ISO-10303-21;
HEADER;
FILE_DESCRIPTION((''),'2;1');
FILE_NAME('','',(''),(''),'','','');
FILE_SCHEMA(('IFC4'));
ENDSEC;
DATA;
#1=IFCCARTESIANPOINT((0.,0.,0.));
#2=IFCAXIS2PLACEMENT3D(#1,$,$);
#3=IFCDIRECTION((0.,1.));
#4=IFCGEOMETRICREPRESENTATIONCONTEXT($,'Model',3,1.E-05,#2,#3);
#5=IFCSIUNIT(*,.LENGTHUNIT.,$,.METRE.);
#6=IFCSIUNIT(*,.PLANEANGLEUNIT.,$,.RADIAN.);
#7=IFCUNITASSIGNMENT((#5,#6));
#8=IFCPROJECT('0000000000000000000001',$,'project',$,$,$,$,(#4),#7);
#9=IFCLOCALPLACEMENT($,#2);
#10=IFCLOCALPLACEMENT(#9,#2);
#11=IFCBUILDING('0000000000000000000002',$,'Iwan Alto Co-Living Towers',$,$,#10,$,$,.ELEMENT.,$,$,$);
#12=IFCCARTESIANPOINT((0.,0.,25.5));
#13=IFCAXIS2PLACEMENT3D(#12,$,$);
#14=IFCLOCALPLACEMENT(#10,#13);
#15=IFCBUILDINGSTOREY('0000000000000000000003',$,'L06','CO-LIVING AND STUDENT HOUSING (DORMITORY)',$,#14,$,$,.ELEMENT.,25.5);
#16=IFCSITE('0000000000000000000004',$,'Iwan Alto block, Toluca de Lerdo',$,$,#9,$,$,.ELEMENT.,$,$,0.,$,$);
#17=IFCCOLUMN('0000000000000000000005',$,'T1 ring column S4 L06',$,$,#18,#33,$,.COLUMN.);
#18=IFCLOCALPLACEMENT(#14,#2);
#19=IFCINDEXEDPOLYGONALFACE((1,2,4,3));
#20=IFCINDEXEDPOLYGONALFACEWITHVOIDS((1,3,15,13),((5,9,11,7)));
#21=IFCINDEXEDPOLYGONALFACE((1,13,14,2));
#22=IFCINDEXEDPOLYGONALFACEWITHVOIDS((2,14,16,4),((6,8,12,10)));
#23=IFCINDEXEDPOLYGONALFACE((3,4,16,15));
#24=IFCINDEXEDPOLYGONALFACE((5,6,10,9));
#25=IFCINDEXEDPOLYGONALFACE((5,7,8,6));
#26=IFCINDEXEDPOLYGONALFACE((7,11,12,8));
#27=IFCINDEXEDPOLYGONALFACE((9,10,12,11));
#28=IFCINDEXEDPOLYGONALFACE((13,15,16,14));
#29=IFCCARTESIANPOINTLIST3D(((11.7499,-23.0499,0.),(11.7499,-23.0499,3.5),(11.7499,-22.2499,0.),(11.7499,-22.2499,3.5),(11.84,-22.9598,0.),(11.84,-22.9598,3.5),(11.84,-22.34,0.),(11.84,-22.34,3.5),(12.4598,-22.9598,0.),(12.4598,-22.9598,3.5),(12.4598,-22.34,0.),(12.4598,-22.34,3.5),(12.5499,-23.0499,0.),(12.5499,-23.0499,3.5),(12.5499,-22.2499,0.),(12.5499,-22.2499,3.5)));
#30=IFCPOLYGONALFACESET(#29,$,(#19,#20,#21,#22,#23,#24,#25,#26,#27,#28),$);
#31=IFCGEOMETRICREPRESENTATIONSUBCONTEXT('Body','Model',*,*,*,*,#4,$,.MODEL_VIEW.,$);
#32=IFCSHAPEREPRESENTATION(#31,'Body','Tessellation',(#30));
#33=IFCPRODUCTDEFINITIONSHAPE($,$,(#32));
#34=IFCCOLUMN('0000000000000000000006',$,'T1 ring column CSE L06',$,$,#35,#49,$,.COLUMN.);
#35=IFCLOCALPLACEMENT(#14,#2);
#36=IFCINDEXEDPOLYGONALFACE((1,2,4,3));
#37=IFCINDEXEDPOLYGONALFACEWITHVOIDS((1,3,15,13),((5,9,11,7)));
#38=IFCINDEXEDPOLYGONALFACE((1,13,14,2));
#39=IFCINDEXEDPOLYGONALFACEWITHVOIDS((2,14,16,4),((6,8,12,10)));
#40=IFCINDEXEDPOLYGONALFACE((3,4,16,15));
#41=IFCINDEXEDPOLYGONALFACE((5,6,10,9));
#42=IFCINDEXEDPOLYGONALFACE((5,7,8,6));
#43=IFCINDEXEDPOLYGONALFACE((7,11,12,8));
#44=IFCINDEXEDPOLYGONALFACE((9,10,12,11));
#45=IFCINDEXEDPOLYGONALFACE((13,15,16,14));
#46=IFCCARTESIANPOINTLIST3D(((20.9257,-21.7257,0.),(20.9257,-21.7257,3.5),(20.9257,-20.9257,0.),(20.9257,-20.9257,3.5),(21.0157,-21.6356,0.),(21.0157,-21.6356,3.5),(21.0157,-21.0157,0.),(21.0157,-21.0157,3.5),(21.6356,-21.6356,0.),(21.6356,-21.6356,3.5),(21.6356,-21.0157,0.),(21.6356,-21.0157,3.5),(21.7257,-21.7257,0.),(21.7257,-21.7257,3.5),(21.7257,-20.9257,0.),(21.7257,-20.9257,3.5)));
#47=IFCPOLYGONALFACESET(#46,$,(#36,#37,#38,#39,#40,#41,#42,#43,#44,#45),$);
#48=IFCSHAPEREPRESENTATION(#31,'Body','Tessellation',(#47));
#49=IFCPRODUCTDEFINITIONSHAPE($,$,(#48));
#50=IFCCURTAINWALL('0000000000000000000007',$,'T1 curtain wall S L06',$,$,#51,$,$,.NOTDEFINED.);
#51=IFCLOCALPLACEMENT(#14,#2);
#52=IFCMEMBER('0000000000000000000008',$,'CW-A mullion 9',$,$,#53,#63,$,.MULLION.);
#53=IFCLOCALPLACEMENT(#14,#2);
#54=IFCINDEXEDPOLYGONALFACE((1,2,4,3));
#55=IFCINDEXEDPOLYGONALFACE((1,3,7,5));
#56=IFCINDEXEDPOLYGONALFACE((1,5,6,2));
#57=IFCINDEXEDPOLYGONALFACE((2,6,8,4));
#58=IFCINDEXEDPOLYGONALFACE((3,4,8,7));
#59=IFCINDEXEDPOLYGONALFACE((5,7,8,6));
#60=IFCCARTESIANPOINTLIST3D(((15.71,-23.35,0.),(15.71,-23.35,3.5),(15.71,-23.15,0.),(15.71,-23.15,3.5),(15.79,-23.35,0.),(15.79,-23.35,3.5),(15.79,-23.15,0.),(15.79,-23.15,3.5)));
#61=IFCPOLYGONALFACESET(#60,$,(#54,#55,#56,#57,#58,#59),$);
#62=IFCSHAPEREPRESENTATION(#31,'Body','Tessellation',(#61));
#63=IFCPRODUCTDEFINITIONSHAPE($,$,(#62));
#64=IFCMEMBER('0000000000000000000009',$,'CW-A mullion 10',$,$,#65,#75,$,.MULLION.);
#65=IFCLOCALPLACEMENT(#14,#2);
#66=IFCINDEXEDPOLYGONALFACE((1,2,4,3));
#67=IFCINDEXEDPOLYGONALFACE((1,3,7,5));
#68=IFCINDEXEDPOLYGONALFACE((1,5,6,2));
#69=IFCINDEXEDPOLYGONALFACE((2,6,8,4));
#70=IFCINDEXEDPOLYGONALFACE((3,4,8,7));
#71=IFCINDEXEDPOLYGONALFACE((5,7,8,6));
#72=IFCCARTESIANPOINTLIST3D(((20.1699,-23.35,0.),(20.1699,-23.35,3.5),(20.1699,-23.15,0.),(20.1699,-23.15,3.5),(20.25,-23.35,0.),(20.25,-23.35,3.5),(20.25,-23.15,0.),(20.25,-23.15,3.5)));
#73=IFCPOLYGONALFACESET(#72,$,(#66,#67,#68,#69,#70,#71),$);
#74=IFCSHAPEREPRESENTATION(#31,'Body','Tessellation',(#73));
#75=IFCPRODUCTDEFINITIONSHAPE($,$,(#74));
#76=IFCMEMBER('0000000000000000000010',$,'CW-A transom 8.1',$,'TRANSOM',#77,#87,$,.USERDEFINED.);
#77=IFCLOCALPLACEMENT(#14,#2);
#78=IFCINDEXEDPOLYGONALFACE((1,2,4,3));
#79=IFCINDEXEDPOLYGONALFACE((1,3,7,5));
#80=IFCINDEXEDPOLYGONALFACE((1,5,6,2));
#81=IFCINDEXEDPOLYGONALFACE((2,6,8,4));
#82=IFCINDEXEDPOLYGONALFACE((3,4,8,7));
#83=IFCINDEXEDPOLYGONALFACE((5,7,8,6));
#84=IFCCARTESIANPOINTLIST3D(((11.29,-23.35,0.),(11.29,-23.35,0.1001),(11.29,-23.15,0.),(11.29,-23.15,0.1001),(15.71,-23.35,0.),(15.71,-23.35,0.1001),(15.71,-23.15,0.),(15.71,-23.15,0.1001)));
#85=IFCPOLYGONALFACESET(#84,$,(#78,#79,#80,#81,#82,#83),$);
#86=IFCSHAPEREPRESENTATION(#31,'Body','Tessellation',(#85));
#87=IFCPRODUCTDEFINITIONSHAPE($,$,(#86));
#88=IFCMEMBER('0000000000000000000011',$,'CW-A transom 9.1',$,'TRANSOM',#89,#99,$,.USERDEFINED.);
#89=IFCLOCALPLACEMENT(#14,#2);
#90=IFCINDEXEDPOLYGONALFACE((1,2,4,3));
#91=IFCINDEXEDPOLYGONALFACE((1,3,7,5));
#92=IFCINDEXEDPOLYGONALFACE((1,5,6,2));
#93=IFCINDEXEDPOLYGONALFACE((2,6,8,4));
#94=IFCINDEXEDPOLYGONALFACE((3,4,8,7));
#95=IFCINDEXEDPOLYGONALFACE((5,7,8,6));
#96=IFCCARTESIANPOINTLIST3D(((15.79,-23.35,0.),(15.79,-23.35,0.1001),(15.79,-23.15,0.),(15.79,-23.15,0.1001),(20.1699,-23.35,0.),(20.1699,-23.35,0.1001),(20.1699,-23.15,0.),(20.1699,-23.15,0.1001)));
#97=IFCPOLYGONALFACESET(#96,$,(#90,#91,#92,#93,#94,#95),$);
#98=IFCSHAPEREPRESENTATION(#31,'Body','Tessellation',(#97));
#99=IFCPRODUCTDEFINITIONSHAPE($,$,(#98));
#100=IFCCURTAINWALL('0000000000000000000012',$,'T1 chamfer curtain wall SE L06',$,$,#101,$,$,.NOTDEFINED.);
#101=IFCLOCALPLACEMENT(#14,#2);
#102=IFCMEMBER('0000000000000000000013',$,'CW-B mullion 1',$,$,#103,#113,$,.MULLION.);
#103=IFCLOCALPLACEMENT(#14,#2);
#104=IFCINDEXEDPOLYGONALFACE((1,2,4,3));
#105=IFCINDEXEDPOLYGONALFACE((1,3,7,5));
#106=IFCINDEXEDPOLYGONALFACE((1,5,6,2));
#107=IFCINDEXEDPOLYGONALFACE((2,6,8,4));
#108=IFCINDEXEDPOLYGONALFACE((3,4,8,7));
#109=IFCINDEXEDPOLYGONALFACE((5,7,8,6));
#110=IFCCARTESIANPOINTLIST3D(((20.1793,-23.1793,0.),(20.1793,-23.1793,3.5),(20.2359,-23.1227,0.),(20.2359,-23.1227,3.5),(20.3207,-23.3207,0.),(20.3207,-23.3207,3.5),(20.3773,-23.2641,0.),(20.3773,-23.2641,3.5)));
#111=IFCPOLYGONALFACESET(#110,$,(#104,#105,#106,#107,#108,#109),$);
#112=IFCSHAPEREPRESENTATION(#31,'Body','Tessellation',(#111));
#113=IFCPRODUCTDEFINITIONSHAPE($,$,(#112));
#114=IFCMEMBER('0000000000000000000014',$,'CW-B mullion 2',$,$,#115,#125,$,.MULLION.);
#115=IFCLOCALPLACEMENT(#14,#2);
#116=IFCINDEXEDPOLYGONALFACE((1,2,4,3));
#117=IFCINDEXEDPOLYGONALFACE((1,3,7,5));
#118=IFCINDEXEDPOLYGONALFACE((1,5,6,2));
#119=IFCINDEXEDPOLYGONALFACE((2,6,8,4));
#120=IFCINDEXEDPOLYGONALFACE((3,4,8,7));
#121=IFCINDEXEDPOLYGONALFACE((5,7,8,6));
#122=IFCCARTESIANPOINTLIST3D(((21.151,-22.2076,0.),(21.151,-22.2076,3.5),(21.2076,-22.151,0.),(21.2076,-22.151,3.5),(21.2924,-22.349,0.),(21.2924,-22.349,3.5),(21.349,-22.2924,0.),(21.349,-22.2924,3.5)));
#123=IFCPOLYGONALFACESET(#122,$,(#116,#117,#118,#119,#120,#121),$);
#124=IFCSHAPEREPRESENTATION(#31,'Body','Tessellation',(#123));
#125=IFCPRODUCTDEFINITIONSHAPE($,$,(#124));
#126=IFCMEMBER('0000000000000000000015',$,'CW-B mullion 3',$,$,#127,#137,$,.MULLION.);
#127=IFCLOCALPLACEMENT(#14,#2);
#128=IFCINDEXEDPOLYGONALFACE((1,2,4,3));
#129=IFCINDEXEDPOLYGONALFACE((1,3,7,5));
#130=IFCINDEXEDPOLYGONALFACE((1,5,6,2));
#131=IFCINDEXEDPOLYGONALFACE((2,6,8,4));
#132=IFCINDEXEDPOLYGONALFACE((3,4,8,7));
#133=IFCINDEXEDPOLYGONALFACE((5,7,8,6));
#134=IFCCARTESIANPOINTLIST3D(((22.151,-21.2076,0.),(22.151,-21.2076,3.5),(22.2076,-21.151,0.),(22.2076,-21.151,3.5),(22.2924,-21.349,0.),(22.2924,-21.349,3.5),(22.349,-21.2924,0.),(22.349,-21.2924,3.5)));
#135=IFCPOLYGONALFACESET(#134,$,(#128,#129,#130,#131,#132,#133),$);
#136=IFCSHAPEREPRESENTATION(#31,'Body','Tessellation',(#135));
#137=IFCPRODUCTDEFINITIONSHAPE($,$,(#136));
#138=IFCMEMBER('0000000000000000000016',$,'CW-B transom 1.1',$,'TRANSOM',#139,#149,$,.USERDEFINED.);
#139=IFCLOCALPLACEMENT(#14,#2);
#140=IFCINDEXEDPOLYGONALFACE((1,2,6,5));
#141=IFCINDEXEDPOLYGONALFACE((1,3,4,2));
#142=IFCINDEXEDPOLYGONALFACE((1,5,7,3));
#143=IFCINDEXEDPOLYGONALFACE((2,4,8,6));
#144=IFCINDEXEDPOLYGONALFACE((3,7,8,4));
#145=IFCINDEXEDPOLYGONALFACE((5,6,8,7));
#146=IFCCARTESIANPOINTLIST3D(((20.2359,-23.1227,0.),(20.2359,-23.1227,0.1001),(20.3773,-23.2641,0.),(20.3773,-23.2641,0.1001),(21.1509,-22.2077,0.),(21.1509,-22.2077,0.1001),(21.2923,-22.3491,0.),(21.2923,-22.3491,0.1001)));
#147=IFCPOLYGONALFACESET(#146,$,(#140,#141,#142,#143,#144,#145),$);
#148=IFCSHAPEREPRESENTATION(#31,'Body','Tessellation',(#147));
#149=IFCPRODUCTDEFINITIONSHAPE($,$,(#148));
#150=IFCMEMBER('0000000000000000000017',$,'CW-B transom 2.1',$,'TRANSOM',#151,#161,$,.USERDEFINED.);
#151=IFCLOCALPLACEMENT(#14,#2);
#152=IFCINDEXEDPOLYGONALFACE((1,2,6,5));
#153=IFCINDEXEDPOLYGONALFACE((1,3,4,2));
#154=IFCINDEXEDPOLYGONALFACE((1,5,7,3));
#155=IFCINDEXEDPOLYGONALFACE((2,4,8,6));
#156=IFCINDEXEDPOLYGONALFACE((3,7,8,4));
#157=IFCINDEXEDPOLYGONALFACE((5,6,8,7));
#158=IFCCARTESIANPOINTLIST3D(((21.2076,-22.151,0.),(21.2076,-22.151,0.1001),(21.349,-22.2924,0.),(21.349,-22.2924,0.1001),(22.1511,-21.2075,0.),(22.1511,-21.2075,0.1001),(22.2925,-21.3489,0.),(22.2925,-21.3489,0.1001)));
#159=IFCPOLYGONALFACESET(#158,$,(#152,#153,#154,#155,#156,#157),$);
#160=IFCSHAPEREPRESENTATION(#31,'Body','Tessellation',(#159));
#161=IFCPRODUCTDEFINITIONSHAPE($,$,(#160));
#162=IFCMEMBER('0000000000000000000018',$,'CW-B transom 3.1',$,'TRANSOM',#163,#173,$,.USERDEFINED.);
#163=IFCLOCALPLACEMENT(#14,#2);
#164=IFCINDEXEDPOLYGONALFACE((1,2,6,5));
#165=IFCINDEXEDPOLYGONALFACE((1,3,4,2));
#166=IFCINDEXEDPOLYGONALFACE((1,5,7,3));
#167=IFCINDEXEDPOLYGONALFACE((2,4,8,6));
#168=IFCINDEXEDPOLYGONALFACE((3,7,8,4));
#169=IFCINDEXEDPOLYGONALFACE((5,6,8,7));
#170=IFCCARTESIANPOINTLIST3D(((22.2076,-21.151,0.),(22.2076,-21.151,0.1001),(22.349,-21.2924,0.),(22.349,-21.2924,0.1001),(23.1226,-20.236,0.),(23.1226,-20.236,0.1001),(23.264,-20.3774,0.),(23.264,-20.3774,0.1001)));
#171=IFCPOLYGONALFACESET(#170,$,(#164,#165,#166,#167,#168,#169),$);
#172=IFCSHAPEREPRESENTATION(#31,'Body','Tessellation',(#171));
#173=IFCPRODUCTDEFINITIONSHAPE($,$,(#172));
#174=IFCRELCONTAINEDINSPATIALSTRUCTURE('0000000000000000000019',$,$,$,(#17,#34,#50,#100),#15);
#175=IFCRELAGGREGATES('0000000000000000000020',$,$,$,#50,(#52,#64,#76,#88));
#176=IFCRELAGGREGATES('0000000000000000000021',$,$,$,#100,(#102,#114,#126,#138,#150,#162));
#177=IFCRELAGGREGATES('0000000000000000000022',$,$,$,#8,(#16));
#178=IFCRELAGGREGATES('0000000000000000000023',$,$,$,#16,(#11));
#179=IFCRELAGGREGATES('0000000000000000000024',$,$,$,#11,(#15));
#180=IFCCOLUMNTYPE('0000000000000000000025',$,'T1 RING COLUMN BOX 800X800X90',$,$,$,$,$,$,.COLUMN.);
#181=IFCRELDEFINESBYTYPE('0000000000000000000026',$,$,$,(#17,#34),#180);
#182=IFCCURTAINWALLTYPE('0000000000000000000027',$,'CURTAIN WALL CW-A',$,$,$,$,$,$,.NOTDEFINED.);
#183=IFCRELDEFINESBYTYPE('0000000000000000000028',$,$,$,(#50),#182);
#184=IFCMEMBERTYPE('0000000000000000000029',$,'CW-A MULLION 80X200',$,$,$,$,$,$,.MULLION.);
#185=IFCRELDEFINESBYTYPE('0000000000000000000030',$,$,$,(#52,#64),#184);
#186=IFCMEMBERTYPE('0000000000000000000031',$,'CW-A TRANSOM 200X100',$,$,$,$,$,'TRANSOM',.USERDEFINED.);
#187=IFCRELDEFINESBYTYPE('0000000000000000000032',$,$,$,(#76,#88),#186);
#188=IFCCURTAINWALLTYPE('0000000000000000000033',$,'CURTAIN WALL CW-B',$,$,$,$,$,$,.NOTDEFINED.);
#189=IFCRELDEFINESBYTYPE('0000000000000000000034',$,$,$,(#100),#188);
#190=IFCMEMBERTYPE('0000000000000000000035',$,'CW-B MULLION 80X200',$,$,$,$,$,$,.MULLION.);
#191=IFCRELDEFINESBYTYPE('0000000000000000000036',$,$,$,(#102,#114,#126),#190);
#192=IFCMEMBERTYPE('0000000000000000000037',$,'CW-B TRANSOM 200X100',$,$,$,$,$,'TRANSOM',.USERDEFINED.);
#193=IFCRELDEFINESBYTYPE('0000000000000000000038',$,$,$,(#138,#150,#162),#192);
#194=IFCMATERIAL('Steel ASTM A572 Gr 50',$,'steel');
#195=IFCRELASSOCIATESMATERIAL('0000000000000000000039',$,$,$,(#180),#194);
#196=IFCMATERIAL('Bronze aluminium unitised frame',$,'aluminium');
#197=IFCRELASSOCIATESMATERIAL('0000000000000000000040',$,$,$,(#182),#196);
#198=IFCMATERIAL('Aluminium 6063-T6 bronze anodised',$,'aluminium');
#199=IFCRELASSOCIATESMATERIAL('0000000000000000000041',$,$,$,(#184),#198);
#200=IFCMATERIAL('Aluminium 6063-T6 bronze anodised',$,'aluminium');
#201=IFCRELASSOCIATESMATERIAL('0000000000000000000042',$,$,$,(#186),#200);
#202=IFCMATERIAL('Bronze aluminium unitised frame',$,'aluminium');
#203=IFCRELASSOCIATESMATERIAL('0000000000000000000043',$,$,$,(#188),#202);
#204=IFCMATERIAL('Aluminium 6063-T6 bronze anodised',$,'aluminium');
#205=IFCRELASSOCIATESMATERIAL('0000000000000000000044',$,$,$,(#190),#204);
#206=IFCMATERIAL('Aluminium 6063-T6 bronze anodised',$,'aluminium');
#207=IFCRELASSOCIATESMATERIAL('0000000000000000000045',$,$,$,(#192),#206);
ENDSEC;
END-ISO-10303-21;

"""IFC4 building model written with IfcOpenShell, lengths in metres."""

from ifc_helpers import new_model, si_unit, direction, frame, origin, origin_2d, place, context, subcontext, project, spatial, rectangle, hollow_rectangle, extrude, material, material_profile, profile_set, type_object, element, aggregate, save


model = new_model("IFC4")

# Units and contexts
model_context = context("Model", 3, precision=1e-05, world=origin(), true_north=direction((0.0, 1.0)))
body_context = subcontext(model_context, "Body", "Model", "MODEL_VIEW")
ifc_project = project(units=[si_unit("LENGTHUNIT", "METRE"), si_unit("PLANEANGLEUNIT", "RADIAN")], contexts=[model_context])

# Site, building, storey
site_placement = place(None, origin())
site = spatial("IfcSite", under=ifc_project, at=site_placement, Name="Iwan Alto block, Toluca de Lerdo", CompositionType="ELEMENT", RefElevation=0.0)
building_placement = place(site_placement, origin())
building = spatial("IfcBuilding", under=site, at=building_placement, Name="Iwan Alto Co-Living Towers", CompositionType="ELEMENT")
storey_placement = place(building_placement, frame((0.0, 0.0, 25.5)))
storey = spatial("IfcBuildingStorey", under=building, at=storey_placement, Name="L06", Description="CO-LIVING AND STUDENT HOUSING (DORMITORY)", CompositionType="ELEMENT", Elevation=25.5)

# Columns
ifc_material_1 = material(Name="Steel ASTM A572 Gr 50", Category="steel")
ifc_material_profile_1 = material_profile(ifc_material_1, hollow_rectangle(XDim=0.8, YDim=0.8, WallThickness=0.0901, at=origin_2d()), Name="BOX 800X800X90")
ifc_profile_set_1 = profile_set([ifc_material_profile_1], Name="Steel ASTM A572 Gr 50")
column_type = type_object("IfcColumnType", Name="T1 RING COLUMN BOX 800X800X90", PredefinedType="COLUMN", material=ifc_profile_set_1)
for number, where, z_axis, x_axis, name in (
    (1, (12.1499, -22.6499, 0.0), (0.0, 0.0, 1.0), (1.0, 0.0, 0.0), "T1 ring column S4 L06"),
    (2, (21.3257, -21.3257, 0.0), (0.0, 0.0, 1.0), (1.0, 0.0, 0.0), "T1 ring column CSE L06"),
):
    element("IfcColumn", number, at=place(storey_placement, frame(where, z_axis=z_axis, x_axis=x_axis)), inside=storey, type_object=column_type, Name=name, PredefinedType="COLUMN", context=body_context, shape_type="SweptSolid", body=[
        extrude(hollow_rectangle(XDim=0.8, YDim=0.8, WallThickness=0.0901, at=origin_2d()), origin(), (0.0, 0.0, 1.0), 3.5),
    ])

# Curtain walls, members
ifc_material_2 = material(Name="Bronze aluminium unitised frame", Category="aluminium")
curtain_wall_type_1 = type_object("IfcCurtainWallType", Name="CURTAIN WALL CW-A", PredefinedType="NOTDEFINED", material=ifc_material_2)
curtain_wall_1_placement = place(storey_placement, origin())
curtain_wall_1 = element("IfcCurtainWall", 3, at=curtain_wall_1_placement, inside=storey, type_object=curtain_wall_type_1, Name="T1 curtain wall S L06", PredefinedType="NOTDEFINED")
ifc_material_3 = material(Name="Aluminium 6063-T6 bronze anodised", Category="aluminium")
ifc_material_profile_2 = material_profile(ifc_material_3, rectangle(XDim=0.2, YDim=0.0801, at=origin_2d()), Name="AL 80X200")
ifc_profile_set_2 = profile_set([ifc_material_profile_2], Name="Aluminium 6063-T6 bronze anodised")
member_type_1 = type_object("IfcMemberType", Name="CW-A MULLION 80X200", PredefinedType="MULLION", material=ifc_profile_set_2)
member_1_placement = place(storey_placement, frame((15.75, -23.25, 0.0), z_axis=(0.0, 0.0, 1.0), x_axis=(0.0, 1.0, 0.0)))
member_1 = element("IfcMember", 4, at=member_1_placement, type_object=member_type_1, Name="CW-A mullion 9", PredefinedType="MULLION", context=body_context, shape_type="SweptSolid", body=[
    extrude(rectangle(XDim=0.2, YDim=0.0801, at=origin_2d()), origin(), (0.0, 0.0, 1.0), 3.5),
])
member_2_placement = place(storey_placement, frame((20.21, -23.25, 0.0), z_axis=(0.0, 0.0, 1.0), x_axis=(0.0, 1.0, 0.0)))
member_2 = element("IfcMember", 5, at=member_2_placement, type_object=member_type_1, Name="CW-A mullion 10", PredefinedType="MULLION", context=body_context, shape_type="SweptSolid", body=[
    extrude(rectangle(XDim=0.2, YDim=0.0801, at=origin_2d()), origin(), (0.0, 0.0, 1.0), 3.5),
])
ifc_material_4 = material(Name="Aluminium 6063-T6 bronze anodised", Category="aluminium")
ifc_material_profile_3 = material_profile(ifc_material_4, rectangle(XDim=0.2, YDim=0.1001, at=origin_2d()), Name="AL 200X100")
ifc_profile_set_3 = profile_set([ifc_material_profile_3], Name="Aluminium 6063-T6 bronze anodised")
member_type_2 = type_object("IfcMemberType", Name="CW-A TRANSOM 200X100", ElementType="TRANSOM", PredefinedType="USERDEFINED", material=ifc_profile_set_3)
member_3_placement = place(storey_placement, frame((11.29, -23.25, 0.05), z_axis=(1.0, 0.0, 0.0), x_axis=(0.0, 1.0, 0.0)))
member_3 = element("IfcMember", 6, at=member_3_placement, type_object=member_type_2, Name="CW-A transom 8.1", ObjectType="TRANSOM", PredefinedType="USERDEFINED", context=body_context, shape_type="SweptSolid", body=[
    extrude(rectangle(XDim=0.2, YDim=0.1001, at=origin_2d()), origin(), (0.0, 0.0, 1.0), 4.4199),
])
member_4_placement = place(storey_placement, frame((15.79, -23.25, 0.05), z_axis=(1.0, 0.0, 0.0), x_axis=(0.0, 1.0, 0.0)))
member_4 = element("IfcMember", 7, at=member_4_placement, type_object=member_type_2, Name="CW-A transom 9.1", ObjectType="TRANSOM", PredefinedType="USERDEFINED", context=body_context, shape_type="SweptSolid", body=[
    extrude(rectangle(XDim=0.2, YDim=0.1001, at=origin_2d()), origin(), (0.0, 0.0, 1.0), 4.3799),
])
ifc_material_5 = material(Name="Bronze aluminium unitised frame", Category="aluminium")
curtain_wall_type_2 = type_object("IfcCurtainWallType", Name="CURTAIN WALL CW-B", PredefinedType="NOTDEFINED", material=ifc_material_5)
curtain_wall_2_placement = place(storey_placement, origin())
curtain_wall_2 = element("IfcCurtainWall", 8, at=curtain_wall_2_placement, inside=storey, type_object=curtain_wall_type_2, Name="T1 chamfer curtain wall SE L06", PredefinedType="NOTDEFINED")
ifc_material_6 = material(Name="Aluminium 6063-T6 bronze anodised", Category="aluminium")
ifc_material_profile_4 = material_profile(ifc_material_6, rectangle(XDim=0.2, YDim=0.0801, at=origin_2d()), Name="AL 80X200")
ifc_profile_set_4 = profile_set([ifc_material_profile_4], Name="Aluminium 6063-T6 bronze anodised")
member_type_3 = type_object("IfcMemberType", Name="CW-B MULLION 80X200", PredefinedType="MULLION", material=ifc_profile_set_4)
member_5_placement = place(storey_placement, frame((20.2783, -23.2217, 0.0), z_axis=(0.0, 0.0, 1.0), x_axis=(-0.707107, 0.707107, 0.0)))
member_5 = element("IfcMember", 9, at=member_5_placement, type_object=member_type_3, Name="CW-B mullion 1", PredefinedType="MULLION", context=body_context, shape_type="SweptSolid", body=[
    extrude(rectangle(XDim=0.2, YDim=0.0801, at=origin_2d()), origin(), (0.0, 0.0, 1.0), 3.5),
])
member_6_placement = place(storey_placement, frame((21.25, -22.25, 0.0), z_axis=(0.0, 0.0, 1.0), x_axis=(-0.707107, 0.707107, 0.0)))
member_6 = element("IfcMember", 10, at=member_6_placement, type_object=member_type_3, Name="CW-B mullion 2", PredefinedType="MULLION", context=body_context, shape_type="SweptSolid", body=[
    extrude(rectangle(XDim=0.2, YDim=0.0801, at=origin_2d()), origin(), (0.0, 0.0, 1.0), 3.5),
])
member_7_placement = place(storey_placement, frame((22.25, -21.25, 0.0), z_axis=(0.0, 0.0, 1.0), x_axis=(-0.707107, 0.707107, 0.0)))
member_7 = element("IfcMember", 11, at=member_7_placement, type_object=member_type_3, Name="CW-B mullion 3", PredefinedType="MULLION", context=body_context, shape_type="SweptSolid", body=[
    extrude(rectangle(XDim=0.2, YDim=0.0801, at=origin_2d()), origin(), (0.0, 0.0, 1.0), 3.5),
])
ifc_material_7 = material(Name="Aluminium 6063-T6 bronze anodised", Category="aluminium")
ifc_material_profile_5 = material_profile(ifc_material_7, rectangle(XDim=0.2, YDim=0.1001, at=origin_2d()), Name="AL 200X100")
ifc_profile_set_5 = profile_set([ifc_material_profile_5], Name="Aluminium 6063-T6 bronze anodised")
member_type_4 = type_object("IfcMemberType", Name="CW-B TRANSOM 200X100", ElementType="TRANSOM", PredefinedType="USERDEFINED", material=ifc_profile_set_5)
member_8_placement = place(storey_placement, frame((20.3066, -23.1934, 0.05), z_axis=(0.707107, 0.707107, 0.0), x_axis=(-0.707107, 0.707107, 0.0)))
member_8 = element("IfcMember", 12, at=member_8_placement, type_object=member_type_4, Name="CW-B transom 1.1", ObjectType="TRANSOM", PredefinedType="USERDEFINED", context=body_context, shape_type="SweptSolid", body=[
    extrude(rectangle(XDim=0.2, YDim=0.1001, at=origin_2d()), origin(), (0.0, 0.0, 1.0), 1.2939),
])
member_9_placement = place(storey_placement, frame((21.2783, -22.2217, 0.05), z_axis=(0.707107, 0.707107, 0.0), x_axis=(-0.707107, 0.707107, 0.0)))
member_9 = element("IfcMember", 13, at=member_9_placement, type_object=member_type_4, Name="CW-B transom 2.1", ObjectType="TRANSOM", PredefinedType="USERDEFINED", context=body_context, shape_type="SweptSolid", body=[
    extrude(rectangle(XDim=0.2, YDim=0.1001, at=origin_2d()), origin(), (0.0, 0.0, 1.0), 1.3342),
])
member_10_placement = place(storey_placement, frame((22.2783, -21.2217, 0.05), z_axis=(0.707107, 0.707107, 0.0), x_axis=(-0.707107, 0.707107, 0.0)))
member_10 = element("IfcMember", 14, at=member_10_placement, type_object=member_type_4, Name="CW-B transom 3.1", ObjectType="TRANSOM", PredefinedType="USERDEFINED", context=body_context, shape_type="SweptSolid", body=[
    extrude(rectangle(XDim=0.2, YDim=0.1001, at=origin_2d()), origin(), (0.0, 0.0, 1.0), 1.2939),
])

aggregate(curtain_wall_1, [member_1, member_2, member_3, member_4])
aggregate(curtain_wall_2, [member_5, member_6, member_7, member_8, member_9, member_10])

save(model, "model.ifc")
